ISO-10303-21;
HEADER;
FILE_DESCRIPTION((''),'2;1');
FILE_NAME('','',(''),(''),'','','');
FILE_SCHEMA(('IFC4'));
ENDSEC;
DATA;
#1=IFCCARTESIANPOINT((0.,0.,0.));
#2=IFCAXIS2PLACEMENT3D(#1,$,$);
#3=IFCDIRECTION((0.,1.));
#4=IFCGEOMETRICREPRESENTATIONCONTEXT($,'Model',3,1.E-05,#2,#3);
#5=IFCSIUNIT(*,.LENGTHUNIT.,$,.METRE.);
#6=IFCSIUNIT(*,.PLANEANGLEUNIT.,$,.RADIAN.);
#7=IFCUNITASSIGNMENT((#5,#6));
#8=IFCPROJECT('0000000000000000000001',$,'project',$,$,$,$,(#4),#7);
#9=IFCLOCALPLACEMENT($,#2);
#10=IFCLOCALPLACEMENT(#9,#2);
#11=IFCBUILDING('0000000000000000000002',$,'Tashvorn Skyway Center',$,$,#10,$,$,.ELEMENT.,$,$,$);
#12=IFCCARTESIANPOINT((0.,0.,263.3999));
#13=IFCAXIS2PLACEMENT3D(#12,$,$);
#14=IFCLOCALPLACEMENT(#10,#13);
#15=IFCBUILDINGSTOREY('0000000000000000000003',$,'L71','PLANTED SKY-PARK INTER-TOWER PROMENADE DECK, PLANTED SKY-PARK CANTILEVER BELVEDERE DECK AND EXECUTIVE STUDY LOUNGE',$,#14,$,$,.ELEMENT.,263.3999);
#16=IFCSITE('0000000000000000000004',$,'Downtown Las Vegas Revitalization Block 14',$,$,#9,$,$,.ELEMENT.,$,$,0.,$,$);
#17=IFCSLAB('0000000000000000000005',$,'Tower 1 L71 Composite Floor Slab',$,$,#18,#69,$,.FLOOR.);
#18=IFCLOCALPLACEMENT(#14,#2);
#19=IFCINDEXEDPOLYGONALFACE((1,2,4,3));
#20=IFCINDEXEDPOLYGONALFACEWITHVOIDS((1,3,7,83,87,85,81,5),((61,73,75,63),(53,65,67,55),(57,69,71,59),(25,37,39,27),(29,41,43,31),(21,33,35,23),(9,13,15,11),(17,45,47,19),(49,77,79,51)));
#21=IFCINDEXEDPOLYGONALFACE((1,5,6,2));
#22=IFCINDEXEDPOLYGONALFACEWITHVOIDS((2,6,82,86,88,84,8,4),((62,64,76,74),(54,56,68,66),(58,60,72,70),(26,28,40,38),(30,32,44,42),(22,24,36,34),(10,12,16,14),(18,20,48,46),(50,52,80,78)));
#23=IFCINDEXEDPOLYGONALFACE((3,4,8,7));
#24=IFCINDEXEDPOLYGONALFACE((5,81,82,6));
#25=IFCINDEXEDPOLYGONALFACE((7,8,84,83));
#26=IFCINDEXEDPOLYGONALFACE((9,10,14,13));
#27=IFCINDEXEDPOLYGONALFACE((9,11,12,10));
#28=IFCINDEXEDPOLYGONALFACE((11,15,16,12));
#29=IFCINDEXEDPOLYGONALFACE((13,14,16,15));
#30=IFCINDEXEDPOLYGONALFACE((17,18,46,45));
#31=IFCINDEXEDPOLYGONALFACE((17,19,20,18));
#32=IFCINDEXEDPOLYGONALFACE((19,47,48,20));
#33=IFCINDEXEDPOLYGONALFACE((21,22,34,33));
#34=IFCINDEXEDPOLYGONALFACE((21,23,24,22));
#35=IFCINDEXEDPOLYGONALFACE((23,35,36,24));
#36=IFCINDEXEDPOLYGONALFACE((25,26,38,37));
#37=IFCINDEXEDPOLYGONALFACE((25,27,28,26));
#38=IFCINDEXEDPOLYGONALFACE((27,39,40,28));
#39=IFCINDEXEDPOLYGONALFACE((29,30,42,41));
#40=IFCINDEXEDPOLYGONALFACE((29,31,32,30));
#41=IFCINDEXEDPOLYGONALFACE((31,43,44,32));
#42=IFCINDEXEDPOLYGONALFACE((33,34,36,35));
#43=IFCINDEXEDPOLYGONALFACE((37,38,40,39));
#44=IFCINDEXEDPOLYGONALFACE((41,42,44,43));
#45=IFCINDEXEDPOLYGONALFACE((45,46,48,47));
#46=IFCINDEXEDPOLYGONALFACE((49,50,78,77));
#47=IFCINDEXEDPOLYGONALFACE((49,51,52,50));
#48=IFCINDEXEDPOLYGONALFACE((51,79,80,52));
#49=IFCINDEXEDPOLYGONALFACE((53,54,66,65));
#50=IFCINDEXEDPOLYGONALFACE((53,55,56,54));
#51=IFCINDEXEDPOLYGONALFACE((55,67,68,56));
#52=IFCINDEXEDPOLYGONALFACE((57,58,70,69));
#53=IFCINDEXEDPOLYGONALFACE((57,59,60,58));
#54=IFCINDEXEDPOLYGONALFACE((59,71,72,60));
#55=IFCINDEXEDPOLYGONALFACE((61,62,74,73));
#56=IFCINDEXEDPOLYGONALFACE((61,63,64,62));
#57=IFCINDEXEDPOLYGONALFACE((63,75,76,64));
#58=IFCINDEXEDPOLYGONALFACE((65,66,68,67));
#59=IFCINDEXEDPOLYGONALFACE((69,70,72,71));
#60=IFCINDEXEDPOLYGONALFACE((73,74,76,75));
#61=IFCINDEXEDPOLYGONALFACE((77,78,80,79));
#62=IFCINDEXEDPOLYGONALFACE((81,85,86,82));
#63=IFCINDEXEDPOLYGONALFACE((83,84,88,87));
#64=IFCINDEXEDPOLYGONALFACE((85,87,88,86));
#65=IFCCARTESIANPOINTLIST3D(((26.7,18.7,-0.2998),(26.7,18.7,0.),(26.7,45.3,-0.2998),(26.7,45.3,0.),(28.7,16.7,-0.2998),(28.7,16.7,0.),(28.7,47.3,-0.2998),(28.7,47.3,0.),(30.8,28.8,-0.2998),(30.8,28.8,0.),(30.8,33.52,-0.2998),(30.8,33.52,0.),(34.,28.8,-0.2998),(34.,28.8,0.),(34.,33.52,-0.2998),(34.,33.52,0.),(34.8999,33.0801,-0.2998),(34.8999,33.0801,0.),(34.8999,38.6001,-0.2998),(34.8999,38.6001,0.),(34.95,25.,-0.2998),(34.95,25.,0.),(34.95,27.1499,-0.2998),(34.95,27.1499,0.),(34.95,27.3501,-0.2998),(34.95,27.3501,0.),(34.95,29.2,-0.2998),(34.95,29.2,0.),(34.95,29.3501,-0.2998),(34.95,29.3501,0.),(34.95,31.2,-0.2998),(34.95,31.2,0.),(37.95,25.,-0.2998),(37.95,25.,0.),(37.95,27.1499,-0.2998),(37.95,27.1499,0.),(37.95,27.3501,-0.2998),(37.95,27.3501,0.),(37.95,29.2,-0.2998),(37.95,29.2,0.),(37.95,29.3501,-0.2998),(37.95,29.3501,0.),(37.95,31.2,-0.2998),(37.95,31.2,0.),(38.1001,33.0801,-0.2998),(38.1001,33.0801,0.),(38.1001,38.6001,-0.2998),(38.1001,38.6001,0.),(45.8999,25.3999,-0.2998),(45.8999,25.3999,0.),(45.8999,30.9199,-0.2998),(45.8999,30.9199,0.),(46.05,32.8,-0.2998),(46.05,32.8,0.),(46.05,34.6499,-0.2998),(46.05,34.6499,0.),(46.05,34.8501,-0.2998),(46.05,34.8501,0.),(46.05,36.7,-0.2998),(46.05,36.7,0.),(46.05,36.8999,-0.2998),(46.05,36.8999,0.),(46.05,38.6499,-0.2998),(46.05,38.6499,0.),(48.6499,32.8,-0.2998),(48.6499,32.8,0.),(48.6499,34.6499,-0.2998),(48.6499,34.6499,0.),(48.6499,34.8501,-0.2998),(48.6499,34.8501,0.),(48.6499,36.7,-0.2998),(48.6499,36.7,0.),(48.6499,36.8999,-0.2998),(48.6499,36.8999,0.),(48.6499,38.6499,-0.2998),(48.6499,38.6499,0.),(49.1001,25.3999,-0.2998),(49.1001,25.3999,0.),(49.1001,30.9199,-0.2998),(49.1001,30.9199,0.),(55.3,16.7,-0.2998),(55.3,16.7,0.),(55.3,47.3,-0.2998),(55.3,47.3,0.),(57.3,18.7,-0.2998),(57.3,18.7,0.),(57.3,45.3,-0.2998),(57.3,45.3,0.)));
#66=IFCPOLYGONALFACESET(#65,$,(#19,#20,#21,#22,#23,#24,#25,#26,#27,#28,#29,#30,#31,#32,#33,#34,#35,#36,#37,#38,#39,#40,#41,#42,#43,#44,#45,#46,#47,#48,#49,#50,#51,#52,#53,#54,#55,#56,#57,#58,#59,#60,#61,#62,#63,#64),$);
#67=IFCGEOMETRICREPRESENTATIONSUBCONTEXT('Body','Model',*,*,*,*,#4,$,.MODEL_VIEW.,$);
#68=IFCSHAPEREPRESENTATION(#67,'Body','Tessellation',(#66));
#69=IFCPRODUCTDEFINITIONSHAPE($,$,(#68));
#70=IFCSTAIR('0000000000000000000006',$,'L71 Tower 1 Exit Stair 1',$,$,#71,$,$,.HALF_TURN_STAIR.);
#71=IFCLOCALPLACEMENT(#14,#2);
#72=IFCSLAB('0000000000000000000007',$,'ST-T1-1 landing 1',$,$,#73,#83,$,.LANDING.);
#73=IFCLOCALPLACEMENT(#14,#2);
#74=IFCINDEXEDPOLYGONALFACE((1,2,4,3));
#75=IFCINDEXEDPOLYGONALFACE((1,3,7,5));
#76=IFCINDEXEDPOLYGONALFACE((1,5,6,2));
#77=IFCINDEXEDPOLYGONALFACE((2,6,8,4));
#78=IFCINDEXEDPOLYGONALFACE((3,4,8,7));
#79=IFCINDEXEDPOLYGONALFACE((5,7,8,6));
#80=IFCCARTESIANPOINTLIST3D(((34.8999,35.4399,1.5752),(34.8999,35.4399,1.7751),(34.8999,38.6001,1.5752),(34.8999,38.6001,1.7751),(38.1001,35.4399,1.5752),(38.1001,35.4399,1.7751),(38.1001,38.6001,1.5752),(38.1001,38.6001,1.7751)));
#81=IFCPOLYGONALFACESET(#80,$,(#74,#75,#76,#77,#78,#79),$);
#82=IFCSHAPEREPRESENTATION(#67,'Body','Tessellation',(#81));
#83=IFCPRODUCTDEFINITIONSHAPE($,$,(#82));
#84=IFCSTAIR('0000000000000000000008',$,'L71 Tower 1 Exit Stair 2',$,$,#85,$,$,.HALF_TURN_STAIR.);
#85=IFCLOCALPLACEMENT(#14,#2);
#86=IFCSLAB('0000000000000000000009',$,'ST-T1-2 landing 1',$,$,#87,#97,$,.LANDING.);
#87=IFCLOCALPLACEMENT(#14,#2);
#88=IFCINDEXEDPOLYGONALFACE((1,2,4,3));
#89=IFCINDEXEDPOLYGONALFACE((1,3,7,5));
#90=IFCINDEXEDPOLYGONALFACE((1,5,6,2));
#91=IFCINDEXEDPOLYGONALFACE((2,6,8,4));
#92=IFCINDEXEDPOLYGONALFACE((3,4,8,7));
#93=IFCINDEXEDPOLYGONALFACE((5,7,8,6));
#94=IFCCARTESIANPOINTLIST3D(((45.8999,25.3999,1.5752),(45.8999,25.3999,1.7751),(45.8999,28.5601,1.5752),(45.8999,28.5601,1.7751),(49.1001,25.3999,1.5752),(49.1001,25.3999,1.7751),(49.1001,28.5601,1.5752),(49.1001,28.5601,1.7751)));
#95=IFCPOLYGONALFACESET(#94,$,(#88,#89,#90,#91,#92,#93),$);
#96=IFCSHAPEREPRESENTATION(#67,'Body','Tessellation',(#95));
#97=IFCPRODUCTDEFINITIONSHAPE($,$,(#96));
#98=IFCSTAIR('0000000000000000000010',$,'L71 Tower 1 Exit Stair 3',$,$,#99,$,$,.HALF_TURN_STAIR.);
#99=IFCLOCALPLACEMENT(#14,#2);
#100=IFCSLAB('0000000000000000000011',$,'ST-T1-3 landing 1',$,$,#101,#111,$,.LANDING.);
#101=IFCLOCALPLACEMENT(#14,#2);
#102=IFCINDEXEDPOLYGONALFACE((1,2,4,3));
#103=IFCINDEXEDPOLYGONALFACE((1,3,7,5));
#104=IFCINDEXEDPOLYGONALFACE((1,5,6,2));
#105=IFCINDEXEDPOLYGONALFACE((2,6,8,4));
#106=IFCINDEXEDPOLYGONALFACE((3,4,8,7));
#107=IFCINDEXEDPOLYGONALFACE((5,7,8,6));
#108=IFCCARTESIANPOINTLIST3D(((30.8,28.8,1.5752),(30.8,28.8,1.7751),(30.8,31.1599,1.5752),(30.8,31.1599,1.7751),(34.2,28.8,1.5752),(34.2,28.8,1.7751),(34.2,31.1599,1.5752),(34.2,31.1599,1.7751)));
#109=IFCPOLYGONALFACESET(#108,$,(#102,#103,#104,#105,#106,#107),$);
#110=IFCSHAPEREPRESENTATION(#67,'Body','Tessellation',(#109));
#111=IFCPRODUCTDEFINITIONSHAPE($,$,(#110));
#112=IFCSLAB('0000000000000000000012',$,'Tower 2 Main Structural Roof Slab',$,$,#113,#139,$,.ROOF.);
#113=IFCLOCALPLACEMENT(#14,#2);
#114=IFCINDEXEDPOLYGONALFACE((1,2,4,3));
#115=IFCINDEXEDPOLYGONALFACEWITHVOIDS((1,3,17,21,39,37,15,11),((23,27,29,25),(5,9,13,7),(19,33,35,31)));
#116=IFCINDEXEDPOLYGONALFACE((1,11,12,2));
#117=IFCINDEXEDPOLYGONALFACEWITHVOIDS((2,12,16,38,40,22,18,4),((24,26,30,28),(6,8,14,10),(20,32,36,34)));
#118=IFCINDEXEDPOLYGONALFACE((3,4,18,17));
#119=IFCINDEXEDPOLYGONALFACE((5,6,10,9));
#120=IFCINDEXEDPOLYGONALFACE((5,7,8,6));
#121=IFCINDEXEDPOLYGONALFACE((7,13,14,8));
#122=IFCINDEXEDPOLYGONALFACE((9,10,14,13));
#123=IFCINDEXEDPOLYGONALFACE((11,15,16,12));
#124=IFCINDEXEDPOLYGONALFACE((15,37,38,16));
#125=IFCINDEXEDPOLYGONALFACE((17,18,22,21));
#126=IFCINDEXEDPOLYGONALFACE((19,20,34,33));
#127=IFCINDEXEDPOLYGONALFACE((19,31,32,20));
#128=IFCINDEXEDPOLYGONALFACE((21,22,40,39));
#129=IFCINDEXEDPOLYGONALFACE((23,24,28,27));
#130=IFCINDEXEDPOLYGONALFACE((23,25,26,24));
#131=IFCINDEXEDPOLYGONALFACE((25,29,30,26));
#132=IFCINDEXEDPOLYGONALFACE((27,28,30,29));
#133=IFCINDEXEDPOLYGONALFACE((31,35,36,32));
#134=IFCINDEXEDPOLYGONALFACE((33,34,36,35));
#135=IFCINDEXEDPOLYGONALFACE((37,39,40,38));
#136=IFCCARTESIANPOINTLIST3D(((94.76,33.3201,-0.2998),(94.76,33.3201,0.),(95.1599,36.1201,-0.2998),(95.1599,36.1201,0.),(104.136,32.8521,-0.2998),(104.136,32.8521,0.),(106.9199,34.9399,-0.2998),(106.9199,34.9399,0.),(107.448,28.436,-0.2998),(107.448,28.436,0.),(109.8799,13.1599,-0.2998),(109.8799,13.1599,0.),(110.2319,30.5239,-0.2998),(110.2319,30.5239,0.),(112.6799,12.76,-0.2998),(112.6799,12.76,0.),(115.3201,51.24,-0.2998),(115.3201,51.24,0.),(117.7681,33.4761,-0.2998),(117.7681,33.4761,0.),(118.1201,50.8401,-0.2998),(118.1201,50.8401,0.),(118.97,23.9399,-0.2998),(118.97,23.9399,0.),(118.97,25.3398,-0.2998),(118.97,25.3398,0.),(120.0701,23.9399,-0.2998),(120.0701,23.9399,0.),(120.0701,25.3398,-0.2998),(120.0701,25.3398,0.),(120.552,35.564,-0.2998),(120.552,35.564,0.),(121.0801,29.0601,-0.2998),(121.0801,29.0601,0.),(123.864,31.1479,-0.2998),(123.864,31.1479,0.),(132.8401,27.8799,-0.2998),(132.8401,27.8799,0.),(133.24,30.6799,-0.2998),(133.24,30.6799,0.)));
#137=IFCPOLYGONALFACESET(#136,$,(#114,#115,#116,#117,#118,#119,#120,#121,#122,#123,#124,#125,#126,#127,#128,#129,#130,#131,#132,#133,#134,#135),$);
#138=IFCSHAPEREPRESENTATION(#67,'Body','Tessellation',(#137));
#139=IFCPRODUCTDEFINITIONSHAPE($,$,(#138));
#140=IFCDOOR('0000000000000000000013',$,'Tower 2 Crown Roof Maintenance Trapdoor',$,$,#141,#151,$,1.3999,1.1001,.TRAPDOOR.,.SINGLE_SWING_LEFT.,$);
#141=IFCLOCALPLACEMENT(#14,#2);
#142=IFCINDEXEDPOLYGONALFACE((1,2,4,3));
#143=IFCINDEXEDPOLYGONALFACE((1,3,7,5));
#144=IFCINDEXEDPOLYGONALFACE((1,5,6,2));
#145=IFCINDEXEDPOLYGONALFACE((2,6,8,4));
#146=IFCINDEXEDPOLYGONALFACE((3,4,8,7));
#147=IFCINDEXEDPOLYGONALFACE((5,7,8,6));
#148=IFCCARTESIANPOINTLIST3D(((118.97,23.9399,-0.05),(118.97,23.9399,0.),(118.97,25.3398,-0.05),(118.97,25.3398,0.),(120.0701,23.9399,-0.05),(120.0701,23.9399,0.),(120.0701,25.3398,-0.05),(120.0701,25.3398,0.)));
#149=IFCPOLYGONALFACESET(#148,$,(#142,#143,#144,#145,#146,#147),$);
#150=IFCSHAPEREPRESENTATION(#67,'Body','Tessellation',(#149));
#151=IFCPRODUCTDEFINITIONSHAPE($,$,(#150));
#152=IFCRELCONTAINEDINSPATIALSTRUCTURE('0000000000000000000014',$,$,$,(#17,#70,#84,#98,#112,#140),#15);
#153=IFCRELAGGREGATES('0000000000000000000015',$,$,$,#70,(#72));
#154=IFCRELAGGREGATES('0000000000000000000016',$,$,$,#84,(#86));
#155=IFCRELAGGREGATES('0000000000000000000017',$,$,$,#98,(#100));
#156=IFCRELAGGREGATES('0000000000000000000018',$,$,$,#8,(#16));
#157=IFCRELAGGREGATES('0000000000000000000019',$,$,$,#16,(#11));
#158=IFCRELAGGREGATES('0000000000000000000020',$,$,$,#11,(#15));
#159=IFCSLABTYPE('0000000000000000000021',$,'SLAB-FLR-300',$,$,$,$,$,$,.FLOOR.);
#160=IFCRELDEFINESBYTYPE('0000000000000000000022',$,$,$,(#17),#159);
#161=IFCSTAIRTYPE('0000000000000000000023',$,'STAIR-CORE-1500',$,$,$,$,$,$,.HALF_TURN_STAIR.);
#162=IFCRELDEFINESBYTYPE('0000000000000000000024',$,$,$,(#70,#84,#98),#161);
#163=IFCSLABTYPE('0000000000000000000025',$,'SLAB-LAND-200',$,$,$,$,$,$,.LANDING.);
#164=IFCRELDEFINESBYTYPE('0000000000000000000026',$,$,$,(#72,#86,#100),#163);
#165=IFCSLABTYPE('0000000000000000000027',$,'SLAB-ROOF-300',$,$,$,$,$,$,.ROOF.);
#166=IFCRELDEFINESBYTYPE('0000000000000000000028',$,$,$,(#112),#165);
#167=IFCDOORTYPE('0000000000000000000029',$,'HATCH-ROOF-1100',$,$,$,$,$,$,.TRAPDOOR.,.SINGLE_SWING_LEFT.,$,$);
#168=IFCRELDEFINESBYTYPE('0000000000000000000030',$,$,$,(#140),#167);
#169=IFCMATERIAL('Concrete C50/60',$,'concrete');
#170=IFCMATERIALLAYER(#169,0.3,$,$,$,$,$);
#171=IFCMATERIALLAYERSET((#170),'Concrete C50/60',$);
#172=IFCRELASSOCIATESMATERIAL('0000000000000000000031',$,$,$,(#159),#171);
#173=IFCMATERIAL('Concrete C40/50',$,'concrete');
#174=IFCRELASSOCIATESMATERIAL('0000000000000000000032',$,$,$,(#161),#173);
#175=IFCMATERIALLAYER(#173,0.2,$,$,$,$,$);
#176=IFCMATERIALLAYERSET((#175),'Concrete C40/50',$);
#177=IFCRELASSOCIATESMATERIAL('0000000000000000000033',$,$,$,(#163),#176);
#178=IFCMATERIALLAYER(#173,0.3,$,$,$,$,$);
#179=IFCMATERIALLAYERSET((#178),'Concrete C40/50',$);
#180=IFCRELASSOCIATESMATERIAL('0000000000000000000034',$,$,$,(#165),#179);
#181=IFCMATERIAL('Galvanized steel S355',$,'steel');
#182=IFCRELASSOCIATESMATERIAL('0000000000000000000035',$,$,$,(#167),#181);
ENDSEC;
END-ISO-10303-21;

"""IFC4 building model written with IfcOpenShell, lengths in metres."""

from ifc_helpers import new_model, si_unit, direction, frame, origin, origin_2d, place, context, subcontext, project, spatial, polyline, rectangle, outline, extrude, material, layer, layer_set, type_object, element, fill, aggregate, save


model = new_model("IFC4")

# Units and contexts
model_context = context("Model", 3, precision=1e-05, world=origin(), true_north=direction((0.0, 1.0)))
body_context = subcontext(model_context, "Body", "Model", "MODEL_VIEW")
ifc_project = project(units=[si_unit("LENGTHUNIT", "METRE"), si_unit("PLANEANGLEUNIT", "RADIAN")], contexts=[model_context])

# Site, building, storey
site_placement = place(None, origin())
site = spatial("IfcSite", under=ifc_project, at=site_placement, Name="Downtown Las Vegas Revitalization Block 14", CompositionType="ELEMENT", RefElevation=0.0)
building_placement = place(site_placement, origin())
building = spatial("IfcBuilding", under=site, at=building_placement, Name="Tashvorn Skyway Center", CompositionType="ELEMENT")
storey_placement = place(building_placement, frame((0.0, 0.0, 263.3999)))
storey = spatial("IfcBuildingStorey", under=building, at=storey_placement, Name="L71", Description="PLANTED SKY-PARK INTER-TOWER PROMENADE DECK, PLANTED SKY-PARK CANTILEVER BELVEDERE DECK AND EXECUTIVE STUDY LOUNGE", CompositionType="ELEMENT", Elevation=263.3999)

# Slab
ifc_material_1 = material(Name="Concrete C50/60", Category="concrete")
ifc_layer_1 = layer(ifc_material_1, 0.3)
ifc_layer_set_1 = layer_set([ifc_layer_1], Name="Concrete C50/60")
slab_type_1 = type_object("IfcSlabType", Name="SLAB-FLR-300", PredefinedType="FLOOR", material=ifc_layer_set_1)
slab_1_placement = place(storey_placement, frame((0.0, 0.0, -0.2998)))
element("IfcSlab", 1, at=slab_1_placement, inside=storey, type_object=slab_type_1, Name="Tower 1 L71 Composite Floor Slab", PredefinedType="FLOOR", context=body_context, shape_type="SweptSolid", body=[
    extrude(outline(polyline([(28.7, 16.7), (55.3, 16.7), (57.3, 18.7), (57.3, 45.3), (55.3, 47.3), (28.7, 47.3), (26.7, 45.3), (26.7, 18.7), (28.7, 16.7)]), holes=[polyline([(38.1001, 33.0801), (38.1001, 38.6001), (34.8999, 38.6001), (34.8999, 33.0801), (38.1001, 33.0801)]), polyline([(45.8999, 30.9199), (45.8999, 25.3999), (49.1001, 25.3999), (49.1001, 30.9199), (45.8999, 30.9199)]), polyline([(30.8, 33.52), (30.8, 28.8), (34.0, 28.8), (34.0, 33.52), (30.8, 33.52)]), polyline([(34.95, 29.3501), (37.95, 29.3501), (37.95, 31.2), (34.95, 31.2), (34.95, 29.3501)]), polyline([(34.95, 27.3501), (37.95, 27.3501), (37.95, 29.2), (34.95, 29.2), (34.95, 27.3501)]), polyline([(34.95, 25.0), (37.95, 25.0), (37.95, 27.1499), (34.95, 27.1499), (34.95, 25.0)]), polyline([(46.05, 32.8), (48.6499, 32.8), (48.6499, 34.6499), (46.05, 34.6499), (46.05, 32.8)]), polyline([(46.05, 34.8501), (48.6499, 34.8501), (48.6499, 36.7), (46.05, 36.7), (46.05, 34.8501)]), polyline([(46.05, 36.8999), (48.6499, 36.8999), (48.6499, 38.6499), (46.05, 38.6499), (46.05, 36.8999)])]), origin(), (0.0, 0.0, 1.0), 0.2998),
])

# Stairs, slabs
ifc_material_2 = material(Name="Concrete C40/50", Category="concrete")
stair_type = type_object("IfcStairType", Name="STAIR-CORE-1500", PredefinedType="HALF_TURN_STAIR", material=ifc_material_2)
stair_1_placement = place(storey_placement, origin())
stair_1 = element("IfcStair", 2, at=stair_1_placement, inside=storey, type_object=stair_type, Name="L71 Tower 1 Exit Stair 1", PredefinedType="HALF_TURN_STAIR")
ifc_layer_2 = layer(ifc_material_2, 0.2)
ifc_layer_set_2 = layer_set([ifc_layer_2], Name="Concrete C40/50")
slab_type_2 = type_object("IfcSlabType", Name="SLAB-LAND-200", PredefinedType="LANDING", material=ifc_layer_set_2)
slab_2_placement = place(storey_placement, frame((0.0, 0.0, 1.5752)))
slab_2 = element("IfcSlab", 3, at=slab_2_placement, type_object=slab_type_2, Name="ST-T1-1 landing 1", PredefinedType="LANDING", context=body_context, shape_type="SweptSolid", body=[
    extrude(outline(polyline([(38.1001, 35.4399), (38.1001, 38.6001), (34.8999, 38.6001), (34.8999, 35.4399), (38.1001, 35.4399)])), origin(), (0.0, 0.0, 1.0), 0.2),
])
aggregate(stair_1, [slab_2])
stair_2_placement = place(storey_placement, origin())
stair_2 = element("IfcStair", 4, at=stair_2_placement, inside=storey, type_object=stair_type, Name="L71 Tower 1 Exit Stair 2", PredefinedType="HALF_TURN_STAIR")
slab_3_placement = place(storey_placement, frame((0.0, 0.0, 1.5752)))
slab_3 = element("IfcSlab", 5, at=slab_3_placement, type_object=slab_type_2, Name="ST-T1-2 landing 1", PredefinedType="LANDING", context=body_context, shape_type="SweptSolid", body=[
    extrude(outline(polyline([(45.8999, 28.5601), (45.8999, 25.3999), (49.1001, 25.3999), (49.1001, 28.5601), (45.8999, 28.5601)])), origin(), (0.0, 0.0, 1.0), 0.2),
])
aggregate(stair_2, [slab_3])
stair_3_placement = place(storey_placement, origin())
stair_3 = element("IfcStair", 6, at=stair_3_placement, inside=storey, type_object=stair_type, Name="L71 Tower 1 Exit Stair 3", PredefinedType="HALF_TURN_STAIR")
slab_4_placement = place(storey_placement, frame((0.0, 0.0, 1.5752)))
slab_4 = element("IfcSlab", 7, at=slab_4_placement, type_object=slab_type_2, Name="ST-T1-3 landing 1", PredefinedType="LANDING", context=body_context, shape_type="SweptSolid", body=[
    extrude(outline(polyline([(30.8, 31.1599), (30.8, 28.8), (34.2, 28.8), (34.2, 31.1599), (30.8, 31.1599)])), origin(), (0.0, 0.0, 1.0), 0.2),
])
aggregate(stair_3, [slab_4])

# Slab, opening, door
ifc_layer_3 = layer(ifc_material_2, 0.3)
ifc_layer_set_3 = layer_set([ifc_layer_3], Name="Concrete C40/50")
slab_type_3 = type_object("IfcSlabType", Name="SLAB-ROOF-300", PredefinedType="ROOF", material=ifc_layer_set_3)
slab_5_placement = place(storey_placement, frame((0.0, 0.0, -0.2998)))
slab_5 = element("IfcSlab", 8, at=slab_5_placement, inside=storey, type_object=slab_type_3, Name="Tower 2 Main Structural Roof Slab", PredefinedType="ROOF", context=body_context, shape_type="SweptSolid", body=[
    extrude(outline(polyline([(112.6799, 12.76), (132.8401, 27.8799), (133.24, 30.6799), (118.1201, 50.8401), (115.3201, 51.24), (95.1599, 36.1201), (94.76, 33.3201), (109.8799, 13.1599), (112.6799, 12.76)]), holes=[polyline([(110.2319, 30.5239), (106.9199, 34.9399), (104.136, 32.8521), (107.448, 28.436), (110.2319, 30.5239)]), polyline([(117.7681, 33.4761), (121.0801, 29.0601), (123.864, 31.1479), (120.552, 35.564), (117.7681, 33.4761)])]), origin(), (0.0, 0.0, 1.0), 0.2998),
])
opening_1_placement = place(slab_5_placement, frame((119.52, 24.6399, 0.0)))
opening_1 = element("IfcOpeningElement", 9, at=opening_1_placement, cuts=slab_5, PredefinedType="OPENING", context=body_context, shape_type="SweptSolid", body=[
    extrude(rectangle(XDim=1.1001, YDim=1.3999, at=origin_2d()), origin(), (0.0, 0.0, 1.0), 0.2998),
])
ifc_material_3 = material(Name="Galvanized steel S355", Category="steel")
door_type = type_object("IfcDoorType", Name="HATCH-ROOF-1100", OperationType="SINGLE_SWING_LEFT", PredefinedType="TRAPDOOR", material=ifc_material_3)
door_1_placement = place(opening_1_placement, frame((0.0, 0.0, 0.2498)))
door_1 = element("IfcDoor", 10, at=door_1_placement, inside=storey, type_object=door_type, Name="Tower 2 Crown Roof Maintenance Trapdoor", OperationType="SINGLE_SWING_LEFT", OverallHeight=1.3999, OverallWidth=1.1001, PredefinedType="TRAPDOOR", context=body_context, shape_type="SweptSolid", body=[
    extrude(rectangle(XDim=1.1001, YDim=1.3999, at=origin_2d()), origin(), (0.0, 0.0, 1.0), 0.05),
])
fill(opening_1, door_1)

save(model, "model.ifc")
